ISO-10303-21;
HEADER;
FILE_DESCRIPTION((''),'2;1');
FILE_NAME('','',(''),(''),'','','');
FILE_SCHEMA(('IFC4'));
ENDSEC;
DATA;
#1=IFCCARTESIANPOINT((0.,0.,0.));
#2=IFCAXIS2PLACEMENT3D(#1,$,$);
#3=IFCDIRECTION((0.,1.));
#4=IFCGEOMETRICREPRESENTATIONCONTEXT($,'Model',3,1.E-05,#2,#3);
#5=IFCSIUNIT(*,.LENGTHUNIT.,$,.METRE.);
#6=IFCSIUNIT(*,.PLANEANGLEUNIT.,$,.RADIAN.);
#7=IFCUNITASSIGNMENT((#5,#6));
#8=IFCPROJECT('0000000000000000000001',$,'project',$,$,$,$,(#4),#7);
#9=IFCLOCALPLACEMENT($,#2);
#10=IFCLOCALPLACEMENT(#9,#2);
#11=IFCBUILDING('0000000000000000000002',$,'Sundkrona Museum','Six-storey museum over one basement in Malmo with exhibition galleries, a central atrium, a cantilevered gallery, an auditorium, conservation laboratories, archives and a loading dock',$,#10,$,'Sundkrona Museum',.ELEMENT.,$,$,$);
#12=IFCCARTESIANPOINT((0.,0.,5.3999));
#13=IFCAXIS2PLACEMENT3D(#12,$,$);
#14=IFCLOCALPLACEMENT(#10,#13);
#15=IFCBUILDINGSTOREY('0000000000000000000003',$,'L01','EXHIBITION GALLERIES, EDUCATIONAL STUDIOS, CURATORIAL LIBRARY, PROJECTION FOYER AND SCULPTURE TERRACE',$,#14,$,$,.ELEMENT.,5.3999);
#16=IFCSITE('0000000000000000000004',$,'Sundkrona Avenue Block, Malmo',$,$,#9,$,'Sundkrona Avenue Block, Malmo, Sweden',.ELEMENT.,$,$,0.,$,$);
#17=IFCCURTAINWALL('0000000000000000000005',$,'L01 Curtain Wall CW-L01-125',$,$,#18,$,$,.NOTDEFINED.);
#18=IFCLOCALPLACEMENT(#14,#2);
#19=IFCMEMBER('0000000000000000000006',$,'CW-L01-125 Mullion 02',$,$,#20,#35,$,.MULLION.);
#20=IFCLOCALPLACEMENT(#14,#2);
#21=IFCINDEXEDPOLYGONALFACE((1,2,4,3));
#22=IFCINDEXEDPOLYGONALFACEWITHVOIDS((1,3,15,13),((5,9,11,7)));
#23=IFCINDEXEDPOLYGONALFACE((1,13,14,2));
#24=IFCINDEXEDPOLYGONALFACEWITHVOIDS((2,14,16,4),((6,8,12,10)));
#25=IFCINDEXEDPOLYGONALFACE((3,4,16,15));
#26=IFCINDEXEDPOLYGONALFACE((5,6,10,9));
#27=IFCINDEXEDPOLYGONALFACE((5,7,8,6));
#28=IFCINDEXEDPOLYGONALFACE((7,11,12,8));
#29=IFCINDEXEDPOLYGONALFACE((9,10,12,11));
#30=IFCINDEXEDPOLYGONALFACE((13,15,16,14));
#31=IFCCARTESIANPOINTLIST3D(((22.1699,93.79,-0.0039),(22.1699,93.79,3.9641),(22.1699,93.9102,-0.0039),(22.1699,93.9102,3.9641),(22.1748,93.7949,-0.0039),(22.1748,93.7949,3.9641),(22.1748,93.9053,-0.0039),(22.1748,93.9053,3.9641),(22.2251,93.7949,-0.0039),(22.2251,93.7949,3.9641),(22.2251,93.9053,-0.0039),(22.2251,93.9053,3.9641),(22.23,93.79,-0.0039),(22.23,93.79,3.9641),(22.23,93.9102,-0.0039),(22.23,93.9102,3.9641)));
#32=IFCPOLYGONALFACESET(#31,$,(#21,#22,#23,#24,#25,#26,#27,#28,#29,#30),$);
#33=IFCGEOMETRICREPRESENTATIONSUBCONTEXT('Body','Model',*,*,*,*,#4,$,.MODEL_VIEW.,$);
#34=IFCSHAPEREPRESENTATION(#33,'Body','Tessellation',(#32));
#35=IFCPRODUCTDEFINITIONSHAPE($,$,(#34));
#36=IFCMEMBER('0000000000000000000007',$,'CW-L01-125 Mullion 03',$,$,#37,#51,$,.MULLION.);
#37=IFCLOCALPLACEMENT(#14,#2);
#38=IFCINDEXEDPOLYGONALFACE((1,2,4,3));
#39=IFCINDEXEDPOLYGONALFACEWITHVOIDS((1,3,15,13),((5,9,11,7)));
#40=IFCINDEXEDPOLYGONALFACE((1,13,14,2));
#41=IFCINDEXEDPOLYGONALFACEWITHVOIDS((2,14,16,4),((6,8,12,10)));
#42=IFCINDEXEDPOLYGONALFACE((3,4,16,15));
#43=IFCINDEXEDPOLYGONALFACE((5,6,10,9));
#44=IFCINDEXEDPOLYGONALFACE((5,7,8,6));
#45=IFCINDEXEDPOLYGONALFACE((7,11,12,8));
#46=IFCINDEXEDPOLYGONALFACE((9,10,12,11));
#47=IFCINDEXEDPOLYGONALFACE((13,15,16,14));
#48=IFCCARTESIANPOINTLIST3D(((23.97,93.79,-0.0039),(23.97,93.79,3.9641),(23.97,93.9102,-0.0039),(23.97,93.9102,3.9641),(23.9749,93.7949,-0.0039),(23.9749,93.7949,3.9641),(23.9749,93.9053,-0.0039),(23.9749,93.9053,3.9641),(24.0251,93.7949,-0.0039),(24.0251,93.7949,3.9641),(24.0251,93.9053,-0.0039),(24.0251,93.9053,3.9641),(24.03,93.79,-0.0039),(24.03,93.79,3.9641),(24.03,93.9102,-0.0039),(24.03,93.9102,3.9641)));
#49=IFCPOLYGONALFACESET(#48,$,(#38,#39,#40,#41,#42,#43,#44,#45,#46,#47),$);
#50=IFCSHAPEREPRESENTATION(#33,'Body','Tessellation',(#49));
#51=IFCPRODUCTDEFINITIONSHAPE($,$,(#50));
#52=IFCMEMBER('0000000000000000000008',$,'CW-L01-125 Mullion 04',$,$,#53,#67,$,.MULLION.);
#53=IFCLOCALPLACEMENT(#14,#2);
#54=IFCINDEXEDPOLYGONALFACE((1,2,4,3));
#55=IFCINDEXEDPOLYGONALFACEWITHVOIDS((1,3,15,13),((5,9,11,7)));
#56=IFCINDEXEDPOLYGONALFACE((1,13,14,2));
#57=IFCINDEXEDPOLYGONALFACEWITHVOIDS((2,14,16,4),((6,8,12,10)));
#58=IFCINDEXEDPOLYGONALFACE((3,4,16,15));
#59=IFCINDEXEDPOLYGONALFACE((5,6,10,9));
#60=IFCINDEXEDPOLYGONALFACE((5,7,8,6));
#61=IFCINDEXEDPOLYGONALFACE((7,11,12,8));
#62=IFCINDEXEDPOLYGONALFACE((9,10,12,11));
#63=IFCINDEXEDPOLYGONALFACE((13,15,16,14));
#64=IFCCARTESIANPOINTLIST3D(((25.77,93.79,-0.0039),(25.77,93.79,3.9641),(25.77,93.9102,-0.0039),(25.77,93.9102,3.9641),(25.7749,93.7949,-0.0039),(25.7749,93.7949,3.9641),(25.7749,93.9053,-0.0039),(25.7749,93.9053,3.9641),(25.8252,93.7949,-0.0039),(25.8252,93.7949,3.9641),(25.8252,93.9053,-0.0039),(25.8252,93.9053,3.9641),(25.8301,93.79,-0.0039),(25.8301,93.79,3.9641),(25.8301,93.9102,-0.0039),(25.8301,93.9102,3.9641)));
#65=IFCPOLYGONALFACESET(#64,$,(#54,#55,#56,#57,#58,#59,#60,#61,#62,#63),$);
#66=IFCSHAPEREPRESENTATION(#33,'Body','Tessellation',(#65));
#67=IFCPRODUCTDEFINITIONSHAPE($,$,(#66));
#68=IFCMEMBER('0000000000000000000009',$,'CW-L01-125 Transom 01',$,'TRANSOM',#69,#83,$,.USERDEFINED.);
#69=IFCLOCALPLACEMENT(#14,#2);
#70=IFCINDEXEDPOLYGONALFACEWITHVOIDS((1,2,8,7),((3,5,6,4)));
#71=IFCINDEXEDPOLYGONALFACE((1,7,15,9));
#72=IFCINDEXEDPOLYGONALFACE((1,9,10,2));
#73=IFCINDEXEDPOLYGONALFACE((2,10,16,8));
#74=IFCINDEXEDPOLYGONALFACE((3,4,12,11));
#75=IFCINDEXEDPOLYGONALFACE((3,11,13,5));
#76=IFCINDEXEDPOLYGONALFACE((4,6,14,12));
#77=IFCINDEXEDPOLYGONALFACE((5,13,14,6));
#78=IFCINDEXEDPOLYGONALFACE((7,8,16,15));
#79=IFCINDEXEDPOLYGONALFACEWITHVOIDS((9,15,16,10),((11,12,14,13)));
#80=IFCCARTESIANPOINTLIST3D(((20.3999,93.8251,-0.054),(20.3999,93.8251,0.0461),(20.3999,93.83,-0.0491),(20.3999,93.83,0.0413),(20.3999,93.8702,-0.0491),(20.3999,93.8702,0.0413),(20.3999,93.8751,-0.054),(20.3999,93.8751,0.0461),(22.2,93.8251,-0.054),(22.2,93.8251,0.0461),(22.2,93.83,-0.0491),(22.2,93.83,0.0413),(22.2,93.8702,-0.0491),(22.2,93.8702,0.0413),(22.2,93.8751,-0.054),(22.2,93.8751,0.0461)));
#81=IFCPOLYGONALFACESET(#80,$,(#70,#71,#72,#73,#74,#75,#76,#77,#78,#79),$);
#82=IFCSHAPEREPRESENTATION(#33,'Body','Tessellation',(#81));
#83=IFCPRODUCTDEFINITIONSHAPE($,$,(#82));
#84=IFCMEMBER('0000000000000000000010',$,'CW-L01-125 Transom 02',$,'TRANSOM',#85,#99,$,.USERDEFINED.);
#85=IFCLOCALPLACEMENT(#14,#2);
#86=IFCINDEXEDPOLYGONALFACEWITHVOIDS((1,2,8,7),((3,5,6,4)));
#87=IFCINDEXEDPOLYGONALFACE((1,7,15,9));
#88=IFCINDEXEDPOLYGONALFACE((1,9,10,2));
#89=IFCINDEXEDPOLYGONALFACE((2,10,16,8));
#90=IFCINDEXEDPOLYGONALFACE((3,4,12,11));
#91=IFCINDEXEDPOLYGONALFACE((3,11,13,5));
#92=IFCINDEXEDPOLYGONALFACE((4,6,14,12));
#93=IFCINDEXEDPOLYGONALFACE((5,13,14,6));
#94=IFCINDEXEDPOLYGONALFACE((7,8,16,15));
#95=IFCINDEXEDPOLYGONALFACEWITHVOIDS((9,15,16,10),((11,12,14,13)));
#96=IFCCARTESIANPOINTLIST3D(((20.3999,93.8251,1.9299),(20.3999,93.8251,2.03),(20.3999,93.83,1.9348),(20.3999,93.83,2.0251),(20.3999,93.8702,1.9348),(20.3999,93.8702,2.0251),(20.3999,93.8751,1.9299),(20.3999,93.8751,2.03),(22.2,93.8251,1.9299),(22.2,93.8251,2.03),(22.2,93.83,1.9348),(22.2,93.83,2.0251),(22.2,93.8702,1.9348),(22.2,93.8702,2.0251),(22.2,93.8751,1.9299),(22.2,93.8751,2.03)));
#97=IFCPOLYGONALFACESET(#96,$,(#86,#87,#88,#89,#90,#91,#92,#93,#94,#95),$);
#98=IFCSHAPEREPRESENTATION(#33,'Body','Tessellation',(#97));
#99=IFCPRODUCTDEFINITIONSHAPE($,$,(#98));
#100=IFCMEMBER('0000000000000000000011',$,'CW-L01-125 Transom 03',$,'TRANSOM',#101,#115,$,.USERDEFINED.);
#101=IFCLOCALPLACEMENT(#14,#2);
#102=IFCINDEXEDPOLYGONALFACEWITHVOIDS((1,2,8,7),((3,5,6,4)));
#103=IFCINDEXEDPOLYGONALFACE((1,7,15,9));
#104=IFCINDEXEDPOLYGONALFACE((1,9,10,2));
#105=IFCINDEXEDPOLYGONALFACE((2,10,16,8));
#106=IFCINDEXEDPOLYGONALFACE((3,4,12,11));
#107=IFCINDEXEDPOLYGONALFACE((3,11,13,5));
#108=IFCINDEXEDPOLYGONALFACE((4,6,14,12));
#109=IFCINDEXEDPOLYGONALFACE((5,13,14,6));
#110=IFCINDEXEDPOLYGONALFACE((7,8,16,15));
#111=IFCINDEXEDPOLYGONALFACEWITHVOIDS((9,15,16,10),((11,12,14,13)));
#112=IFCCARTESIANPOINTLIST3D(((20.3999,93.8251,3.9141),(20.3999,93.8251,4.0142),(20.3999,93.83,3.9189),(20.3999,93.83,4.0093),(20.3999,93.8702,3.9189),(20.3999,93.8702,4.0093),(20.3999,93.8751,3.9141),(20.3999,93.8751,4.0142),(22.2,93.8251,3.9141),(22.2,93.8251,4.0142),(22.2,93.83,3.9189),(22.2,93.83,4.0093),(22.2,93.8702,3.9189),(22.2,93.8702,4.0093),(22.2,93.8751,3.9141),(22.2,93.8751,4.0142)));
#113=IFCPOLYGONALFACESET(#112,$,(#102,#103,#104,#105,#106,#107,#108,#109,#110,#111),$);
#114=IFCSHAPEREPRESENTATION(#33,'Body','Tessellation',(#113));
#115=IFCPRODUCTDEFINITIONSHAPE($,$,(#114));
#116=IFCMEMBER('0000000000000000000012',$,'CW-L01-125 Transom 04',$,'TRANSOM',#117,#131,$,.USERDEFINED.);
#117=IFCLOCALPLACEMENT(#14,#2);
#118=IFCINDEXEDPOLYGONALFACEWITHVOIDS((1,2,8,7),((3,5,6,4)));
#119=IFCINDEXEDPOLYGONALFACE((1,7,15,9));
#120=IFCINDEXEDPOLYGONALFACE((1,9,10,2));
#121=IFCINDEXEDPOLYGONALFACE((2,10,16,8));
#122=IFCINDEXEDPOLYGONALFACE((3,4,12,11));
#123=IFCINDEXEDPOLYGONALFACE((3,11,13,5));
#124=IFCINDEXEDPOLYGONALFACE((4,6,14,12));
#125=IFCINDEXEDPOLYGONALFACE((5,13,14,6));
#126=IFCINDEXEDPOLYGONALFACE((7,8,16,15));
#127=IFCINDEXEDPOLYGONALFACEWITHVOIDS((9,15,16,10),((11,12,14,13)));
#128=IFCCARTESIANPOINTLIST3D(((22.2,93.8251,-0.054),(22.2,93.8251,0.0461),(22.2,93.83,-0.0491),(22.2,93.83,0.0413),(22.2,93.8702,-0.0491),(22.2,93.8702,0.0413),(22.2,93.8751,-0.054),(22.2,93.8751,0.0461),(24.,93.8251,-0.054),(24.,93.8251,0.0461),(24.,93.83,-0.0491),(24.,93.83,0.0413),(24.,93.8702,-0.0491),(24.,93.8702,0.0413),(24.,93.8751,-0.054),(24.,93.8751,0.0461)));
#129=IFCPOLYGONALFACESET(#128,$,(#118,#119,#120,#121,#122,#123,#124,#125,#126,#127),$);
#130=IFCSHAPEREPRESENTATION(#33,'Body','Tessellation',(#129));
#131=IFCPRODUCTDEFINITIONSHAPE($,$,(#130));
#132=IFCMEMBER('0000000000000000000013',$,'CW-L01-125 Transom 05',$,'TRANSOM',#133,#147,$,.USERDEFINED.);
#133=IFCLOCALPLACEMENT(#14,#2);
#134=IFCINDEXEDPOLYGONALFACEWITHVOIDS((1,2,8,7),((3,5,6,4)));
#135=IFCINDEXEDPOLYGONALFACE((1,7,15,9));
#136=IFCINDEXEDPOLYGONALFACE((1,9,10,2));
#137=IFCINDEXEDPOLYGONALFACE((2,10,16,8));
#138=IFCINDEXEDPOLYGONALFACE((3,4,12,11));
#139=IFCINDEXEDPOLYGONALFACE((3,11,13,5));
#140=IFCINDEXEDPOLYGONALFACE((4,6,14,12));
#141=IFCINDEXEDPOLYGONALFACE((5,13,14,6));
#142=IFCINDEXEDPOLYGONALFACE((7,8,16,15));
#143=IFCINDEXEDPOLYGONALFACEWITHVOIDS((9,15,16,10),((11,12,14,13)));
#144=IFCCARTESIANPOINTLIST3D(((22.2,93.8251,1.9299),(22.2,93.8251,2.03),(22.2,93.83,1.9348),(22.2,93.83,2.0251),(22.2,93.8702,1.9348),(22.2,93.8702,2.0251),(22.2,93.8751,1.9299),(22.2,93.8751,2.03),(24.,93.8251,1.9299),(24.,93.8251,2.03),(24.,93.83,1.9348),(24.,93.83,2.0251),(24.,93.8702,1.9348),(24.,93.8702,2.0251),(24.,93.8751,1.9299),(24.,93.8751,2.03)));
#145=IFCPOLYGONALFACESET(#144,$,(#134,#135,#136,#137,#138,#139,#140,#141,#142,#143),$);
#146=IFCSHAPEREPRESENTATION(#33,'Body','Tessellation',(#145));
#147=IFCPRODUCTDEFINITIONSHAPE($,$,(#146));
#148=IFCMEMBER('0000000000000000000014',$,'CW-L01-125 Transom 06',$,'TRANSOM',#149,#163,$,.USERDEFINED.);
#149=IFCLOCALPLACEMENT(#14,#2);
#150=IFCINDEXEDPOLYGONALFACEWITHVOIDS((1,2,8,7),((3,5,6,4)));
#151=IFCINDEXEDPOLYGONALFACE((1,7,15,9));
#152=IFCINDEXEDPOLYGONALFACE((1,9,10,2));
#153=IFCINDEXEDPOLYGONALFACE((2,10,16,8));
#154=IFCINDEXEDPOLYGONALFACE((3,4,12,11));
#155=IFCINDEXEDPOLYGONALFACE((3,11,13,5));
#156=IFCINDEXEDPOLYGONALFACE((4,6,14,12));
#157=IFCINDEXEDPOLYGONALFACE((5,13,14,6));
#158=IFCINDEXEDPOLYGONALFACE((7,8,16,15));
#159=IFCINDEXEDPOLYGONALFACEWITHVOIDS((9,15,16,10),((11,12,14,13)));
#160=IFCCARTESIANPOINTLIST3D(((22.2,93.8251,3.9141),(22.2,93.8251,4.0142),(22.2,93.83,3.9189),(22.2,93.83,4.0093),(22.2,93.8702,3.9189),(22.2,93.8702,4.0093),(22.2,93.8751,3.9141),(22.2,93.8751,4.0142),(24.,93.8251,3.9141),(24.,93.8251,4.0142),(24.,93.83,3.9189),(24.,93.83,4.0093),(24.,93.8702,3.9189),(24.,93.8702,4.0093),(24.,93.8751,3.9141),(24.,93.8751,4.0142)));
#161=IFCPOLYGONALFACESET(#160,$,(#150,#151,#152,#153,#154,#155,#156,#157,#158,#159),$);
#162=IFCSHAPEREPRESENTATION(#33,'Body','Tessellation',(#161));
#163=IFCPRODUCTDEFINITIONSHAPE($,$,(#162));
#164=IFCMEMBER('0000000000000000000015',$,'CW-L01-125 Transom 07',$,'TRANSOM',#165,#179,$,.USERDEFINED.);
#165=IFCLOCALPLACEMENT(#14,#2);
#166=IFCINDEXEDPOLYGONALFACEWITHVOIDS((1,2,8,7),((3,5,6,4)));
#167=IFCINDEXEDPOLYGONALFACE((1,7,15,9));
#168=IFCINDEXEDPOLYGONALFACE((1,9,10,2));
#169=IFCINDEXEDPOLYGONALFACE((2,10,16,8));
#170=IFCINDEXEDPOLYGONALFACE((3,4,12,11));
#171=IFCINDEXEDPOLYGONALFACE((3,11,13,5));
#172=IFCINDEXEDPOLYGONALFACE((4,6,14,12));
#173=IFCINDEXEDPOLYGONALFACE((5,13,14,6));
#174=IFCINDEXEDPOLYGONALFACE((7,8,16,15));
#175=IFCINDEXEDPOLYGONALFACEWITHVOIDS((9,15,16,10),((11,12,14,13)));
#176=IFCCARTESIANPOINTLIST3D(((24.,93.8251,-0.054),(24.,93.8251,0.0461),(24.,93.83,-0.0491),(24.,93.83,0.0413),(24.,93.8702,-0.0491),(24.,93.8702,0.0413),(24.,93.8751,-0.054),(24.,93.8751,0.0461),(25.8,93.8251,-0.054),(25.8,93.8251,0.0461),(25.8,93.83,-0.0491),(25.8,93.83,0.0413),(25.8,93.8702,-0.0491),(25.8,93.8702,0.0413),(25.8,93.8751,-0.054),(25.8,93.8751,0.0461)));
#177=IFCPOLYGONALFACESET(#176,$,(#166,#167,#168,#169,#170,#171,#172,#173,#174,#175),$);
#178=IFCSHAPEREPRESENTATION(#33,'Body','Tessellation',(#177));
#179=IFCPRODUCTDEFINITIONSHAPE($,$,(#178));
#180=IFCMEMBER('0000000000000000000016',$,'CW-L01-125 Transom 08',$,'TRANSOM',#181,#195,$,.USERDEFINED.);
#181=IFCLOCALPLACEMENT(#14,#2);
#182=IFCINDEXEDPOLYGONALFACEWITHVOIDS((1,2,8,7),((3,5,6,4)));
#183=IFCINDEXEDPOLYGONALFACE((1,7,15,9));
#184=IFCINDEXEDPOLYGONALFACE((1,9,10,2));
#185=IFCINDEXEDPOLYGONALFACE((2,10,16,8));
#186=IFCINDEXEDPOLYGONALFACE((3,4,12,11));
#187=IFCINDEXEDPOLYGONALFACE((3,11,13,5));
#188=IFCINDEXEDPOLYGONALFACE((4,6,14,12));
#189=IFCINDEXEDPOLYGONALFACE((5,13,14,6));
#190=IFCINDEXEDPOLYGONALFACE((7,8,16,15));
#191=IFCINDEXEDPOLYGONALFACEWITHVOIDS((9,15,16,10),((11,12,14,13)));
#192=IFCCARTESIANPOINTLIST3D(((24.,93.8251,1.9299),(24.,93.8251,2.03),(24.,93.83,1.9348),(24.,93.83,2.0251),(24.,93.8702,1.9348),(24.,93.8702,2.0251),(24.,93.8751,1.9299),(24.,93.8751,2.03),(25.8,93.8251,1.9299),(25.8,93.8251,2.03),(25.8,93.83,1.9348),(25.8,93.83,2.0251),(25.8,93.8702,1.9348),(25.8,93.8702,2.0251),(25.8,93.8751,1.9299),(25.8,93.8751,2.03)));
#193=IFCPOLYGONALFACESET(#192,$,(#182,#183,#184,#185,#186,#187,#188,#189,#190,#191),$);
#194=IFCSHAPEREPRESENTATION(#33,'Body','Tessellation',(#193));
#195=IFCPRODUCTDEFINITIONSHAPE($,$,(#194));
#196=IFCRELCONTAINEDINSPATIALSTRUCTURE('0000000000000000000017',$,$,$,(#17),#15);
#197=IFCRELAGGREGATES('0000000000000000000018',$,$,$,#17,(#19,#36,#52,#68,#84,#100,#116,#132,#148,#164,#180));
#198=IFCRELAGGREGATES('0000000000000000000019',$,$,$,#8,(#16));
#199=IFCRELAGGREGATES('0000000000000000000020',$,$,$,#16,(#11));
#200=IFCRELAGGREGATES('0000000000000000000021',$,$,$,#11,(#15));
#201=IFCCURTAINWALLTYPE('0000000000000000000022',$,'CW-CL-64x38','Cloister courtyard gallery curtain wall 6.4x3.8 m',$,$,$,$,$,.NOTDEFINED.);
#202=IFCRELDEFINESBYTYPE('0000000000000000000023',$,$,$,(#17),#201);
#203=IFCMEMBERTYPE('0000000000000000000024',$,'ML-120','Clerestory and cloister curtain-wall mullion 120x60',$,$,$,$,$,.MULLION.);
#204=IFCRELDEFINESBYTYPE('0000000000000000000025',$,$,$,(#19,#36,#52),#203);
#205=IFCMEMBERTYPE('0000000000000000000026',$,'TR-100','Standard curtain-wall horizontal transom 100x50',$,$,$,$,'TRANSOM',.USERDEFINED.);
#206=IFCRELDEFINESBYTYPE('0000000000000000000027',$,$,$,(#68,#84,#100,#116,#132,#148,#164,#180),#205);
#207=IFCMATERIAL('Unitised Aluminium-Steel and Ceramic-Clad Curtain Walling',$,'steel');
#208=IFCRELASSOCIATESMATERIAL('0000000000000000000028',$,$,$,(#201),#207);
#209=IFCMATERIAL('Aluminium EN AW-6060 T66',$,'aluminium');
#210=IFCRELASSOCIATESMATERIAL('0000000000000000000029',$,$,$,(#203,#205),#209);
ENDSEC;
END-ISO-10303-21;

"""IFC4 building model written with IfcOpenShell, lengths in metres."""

from ifc_helpers import new_model, si_unit, direction, frame, origin, origin_2d, place, context, subcontext, project, spatial, hollow_rectangle, extrude, material, material_profile, profile_set, type_object, element, aggregate, save


model = new_model("IFC4")

# Units and contexts
model_context = context("Model", 3, precision=1e-05, world=origin(), true_north=direction((0.0, 1.0)))
body_context = subcontext(model_context, "Body", "Model", "MODEL_VIEW")
ifc_project = project(units=[si_unit("LENGTHUNIT", "METRE"), si_unit("PLANEANGLEUNIT", "RADIAN")], contexts=[model_context])

# Site, building, storey
site_placement = place(None, origin())
site = spatial("IfcSite", under=ifc_project, at=site_placement, Name="Sundkrona Avenue Block, Malmo", LongName="Sundkrona Avenue Block, Malmo, Sweden", CompositionType="ELEMENT", RefElevation=0.0)
building_placement = place(site_placement, origin())
building = spatial("IfcBuilding", under=site, at=building_placement, Name="Sundkrona Museum", Description="Six-storey museum over one basement in Malmo with exhibition galleries, a central atrium, a cantilevered gallery, an auditorium, conservation laboratories, archives and a loading dock", LongName="Sundkrona Museum", CompositionType="ELEMENT")
storey_placement = place(building_placement, frame((0.0, 0.0, 5.3999)))
storey = spatial("IfcBuildingStorey", under=building, at=storey_placement, Name="L01", Description="EXHIBITION GALLERIES, EDUCATIONAL STUDIOS, CURATORIAL LIBRARY, PROJECTION FOYER AND SCULPTURE TERRACE", CompositionType="ELEMENT", Elevation=5.3999)

# Curtain wall, members
ifc_material_1 = material(Name="Unitised Aluminium-Steel and Ceramic-Clad Curtain Walling", Category="steel")
curtain_wall_type = type_object("IfcCurtainWallType", Name="CW-CL-64x38", Description="Cloister courtyard gallery curtain wall 6.4x3.8 m", PredefinedType="NOTDEFINED", material=ifc_material_1)
curtain_wall_placement = place(storey_placement, origin())
curtain_wall = element("IfcCurtainWall", 1, at=curtain_wall_placement, inside=storey, type_object=curtain_wall_type, Name="L01 Curtain Wall CW-L01-125", PredefinedType="NOTDEFINED")
ifc_material_2 = material(Name="Aluminium EN AW-6060 T66", Category="aluminium")
ifc_material_profile_1 = material_profile(ifc_material_2, hollow_rectangle(XDim=0.0601, YDim=0.1201, WallThickness=0.0049, at=origin_2d()), Name="RHS 120x60x5.0")
ifc_profile_set_1 = profile_set([ifc_material_profile_1], Name="Aluminium EN AW-6060 T66")
member_type_1 = type_object("IfcMemberType", Name="ML-120", Description="Clerestory and cloister curtain-wall mullion 120x60", PredefinedType="MULLION", material=ifc_profile_set_1)
member_1_placement = place(storey_placement, frame((22.2, 93.8501, -0.0039), z_axis=(0.0, 0.0, 1.0), x_axis=(1.0, 0.0, 0.0)))
member_1 = element("IfcMember", 2, at=member_1_placement, type_object=member_type_1, Name="CW-L01-125 Mullion 02", PredefinedType="MULLION", context=body_context, shape_type="SweptSolid", body=[
    extrude(hollow_rectangle(XDim=0.0601, YDim=0.1201, WallThickness=0.0049, at=origin_2d()), origin(), (0.0, 0.0, 1.0), 3.968),
])
member_2_placement = place(storey_placement, frame((24.0, 93.8501, -0.0039), z_axis=(0.0, 0.0, 1.0), x_axis=(1.0, 0.0, 0.0)))
member_2 = element("IfcMember", 3, at=member_2_placement, type_object=member_type_1, Name="CW-L01-125 Mullion 03", PredefinedType="MULLION", context=body_context, shape_type="SweptSolid", body=[
    extrude(hollow_rectangle(XDim=0.0601, YDim=0.1201, WallThickness=0.0049, at=origin_2d()), origin(), (0.0, 0.0, 1.0), 3.968),
])
member_3_placement = place(storey_placement, frame((25.8, 93.8501, -0.0039), z_axis=(0.0, 0.0, 1.0), x_axis=(1.0, 0.0, 0.0)))
member_3 = element("IfcMember", 4, at=member_3_placement, type_object=member_type_1, Name="CW-L01-125 Mullion 04", PredefinedType="MULLION", context=body_context, shape_type="SweptSolid", body=[
    extrude(hollow_rectangle(XDim=0.0601, YDim=0.1201, WallThickness=0.0049, at=origin_2d()), origin(), (0.0, 0.0, 1.0), 3.968),
])
ifc_material_profile_2 = material_profile(ifc_material_2, hollow_rectangle(XDim=0.05, YDim=0.1001, WallThickness=0.0049, at=origin_2d()), Name="RHS 100x50x5.0")
ifc_profile_set_2 = profile_set([ifc_material_profile_2], Name="Aluminium EN AW-6060 T66")
member_type_2 = type_object("IfcMemberType", Name="TR-100", Description="Standard curtain-wall horizontal transom 100x50", ElementType="TRANSOM", PredefinedType="USERDEFINED", material=ifc_profile_set_2)
member_4_placement = place(storey_placement, frame((20.3999, 93.8501, -0.0039), z_axis=(1.0, 0.0, 0.0), x_axis=(0.0, 1.0, 0.0)))
member_4 = element("IfcMember", 5, at=member_4_placement, type_object=member_type_2, Name="CW-L01-125 Transom 01", ObjectType="TRANSOM", PredefinedType="USERDEFINED", context=body_context, shape_type="SweptSolid", body=[
    extrude(hollow_rectangle(XDim=0.05, YDim=0.1001, WallThickness=0.0049, at=origin_2d()), origin(), (0.0, 0.0, 1.0), 1.8),
])
member_5_placement = place(storey_placement, frame((20.3999, 93.8501, 1.98), z_axis=(1.0, 0.0, 0.0), x_axis=(0.0, 1.0, 0.0)))
member_5 = element("IfcMember", 6, at=member_5_placement, type_object=member_type_2, Name="CW-L01-125 Transom 02", ObjectType="TRANSOM", PredefinedType="USERDEFINED", context=body_context, shape_type="SweptSolid", body=[
    extrude(hollow_rectangle(XDim=0.05, YDim=0.1001, WallThickness=0.0049, at=origin_2d()), origin(), (0.0, 0.0, 1.0), 1.8),
])
member_6_placement = place(storey_placement, frame((20.3999, 93.8501, 3.9641), z_axis=(1.0, 0.0, 0.0), x_axis=(0.0, 1.0, 0.0)))
member_6 = element("IfcMember", 7, at=member_6_placement, type_object=member_type_2, Name="CW-L01-125 Transom 03", ObjectType="TRANSOM", PredefinedType="USERDEFINED", context=body_context, shape_type="SweptSolid", body=[
    extrude(hollow_rectangle(XDim=0.05, YDim=0.1001, WallThickness=0.0049, at=origin_2d()), origin(), (0.0, 0.0, 1.0), 1.8),
])
member_7_placement = place(storey_placement, frame((22.2, 93.8501, -0.0039), z_axis=(1.0, 0.0, 0.0), x_axis=(0.0, 1.0, 0.0)))
member_7 = element("IfcMember", 8, at=member_7_placement, type_object=member_type_2, Name="CW-L01-125 Transom 04", ObjectType="TRANSOM", PredefinedType="USERDEFINED", context=body_context, shape_type="SweptSolid", body=[
    extrude(hollow_rectangle(XDim=0.05, YDim=0.1001, WallThickness=0.0049, at=origin_2d()), origin(), (0.0, 0.0, 1.0), 1.8),
])
member_8_placement = place(storey_placement, frame((22.2, 93.8501, 1.98), z_axis=(1.0, 0.0, 0.0), x_axis=(0.0, 1.0, 0.0)))
member_8 = element("IfcMember", 9, at=member_8_placement, type_object=member_type_2, Name="CW-L01-125 Transom 05", ObjectType="TRANSOM", PredefinedType="USERDEFINED", context=body_context, shape_type="SweptSolid", body=[
    extrude(hollow_rectangle(XDim=0.05, YDim=0.1001, WallThickness=0.0049, at=origin_2d()), origin(), (0.0, 0.0, 1.0), 1.8),
])
member_9_placement = place(storey_placement, frame((22.2, 93.8501, 3.9641), z_axis=(1.0, 0.0, 0.0), x_axis=(0.0, 1.0, 0.0)))
member_9 = element("IfcMember", 10, at=member_9_placement, type_object=member_type_2, Name="CW-L01-125 Transom 06", ObjectType="TRANSOM", PredefinedType="USERDEFINED", context=body_context, shape_type="SweptSolid", body=[
    extrude(hollow_rectangle(XDim=0.05, YDim=0.1001, WallThickness=0.0049, at=origin_2d()), origin(), (0.0, 0.0, 1.0), 1.8),
])
member_10_placement = place(storey_placement, frame((24.0, 93.8501, -0.0039), z_axis=(1.0, 0.0, 0.0), x_axis=(0.0, 1.0, 0.0)))
member_10 = element("IfcMember", 11, at=member_10_placement, type_object=member_type_2, Name="CW-L01-125 Transom 07", ObjectType="TRANSOM", PredefinedType="USERDEFINED", context=body_context, shape_type="SweptSolid", body=[
    extrude(hollow_rectangle(XDim=0.05, YDim=0.1001, WallThickness=0.0049, at=origin_2d()), origin(), (0.0, 0.0, 1.0), 1.8),
])
member_11_placement = place(storey_placement, frame((24.0, 93.8501, 1.98), z_axis=(1.0, 0.0, 0.0), x_axis=(0.0, 1.0, 0.0)))
member_11 = element("IfcMember", 12, at=member_11_placement, type_object=member_type_2, Name="CW-L01-125 Transom 08", ObjectType="TRANSOM", PredefinedType="USERDEFINED", context=body_context, shape_type="SweptSolid", body=[
    extrude(hollow_rectangle(XDim=0.05, YDim=0.1001, WallThickness=0.0049, at=origin_2d()), origin(), (0.0, 0.0, 1.0), 1.8),
])
aggregate(curtain_wall, [member_1, member_2, member_3, member_4, member_5, member_6, member_7, member_8, member_9, member_10, member_11])

save(model, "model.ifc")
